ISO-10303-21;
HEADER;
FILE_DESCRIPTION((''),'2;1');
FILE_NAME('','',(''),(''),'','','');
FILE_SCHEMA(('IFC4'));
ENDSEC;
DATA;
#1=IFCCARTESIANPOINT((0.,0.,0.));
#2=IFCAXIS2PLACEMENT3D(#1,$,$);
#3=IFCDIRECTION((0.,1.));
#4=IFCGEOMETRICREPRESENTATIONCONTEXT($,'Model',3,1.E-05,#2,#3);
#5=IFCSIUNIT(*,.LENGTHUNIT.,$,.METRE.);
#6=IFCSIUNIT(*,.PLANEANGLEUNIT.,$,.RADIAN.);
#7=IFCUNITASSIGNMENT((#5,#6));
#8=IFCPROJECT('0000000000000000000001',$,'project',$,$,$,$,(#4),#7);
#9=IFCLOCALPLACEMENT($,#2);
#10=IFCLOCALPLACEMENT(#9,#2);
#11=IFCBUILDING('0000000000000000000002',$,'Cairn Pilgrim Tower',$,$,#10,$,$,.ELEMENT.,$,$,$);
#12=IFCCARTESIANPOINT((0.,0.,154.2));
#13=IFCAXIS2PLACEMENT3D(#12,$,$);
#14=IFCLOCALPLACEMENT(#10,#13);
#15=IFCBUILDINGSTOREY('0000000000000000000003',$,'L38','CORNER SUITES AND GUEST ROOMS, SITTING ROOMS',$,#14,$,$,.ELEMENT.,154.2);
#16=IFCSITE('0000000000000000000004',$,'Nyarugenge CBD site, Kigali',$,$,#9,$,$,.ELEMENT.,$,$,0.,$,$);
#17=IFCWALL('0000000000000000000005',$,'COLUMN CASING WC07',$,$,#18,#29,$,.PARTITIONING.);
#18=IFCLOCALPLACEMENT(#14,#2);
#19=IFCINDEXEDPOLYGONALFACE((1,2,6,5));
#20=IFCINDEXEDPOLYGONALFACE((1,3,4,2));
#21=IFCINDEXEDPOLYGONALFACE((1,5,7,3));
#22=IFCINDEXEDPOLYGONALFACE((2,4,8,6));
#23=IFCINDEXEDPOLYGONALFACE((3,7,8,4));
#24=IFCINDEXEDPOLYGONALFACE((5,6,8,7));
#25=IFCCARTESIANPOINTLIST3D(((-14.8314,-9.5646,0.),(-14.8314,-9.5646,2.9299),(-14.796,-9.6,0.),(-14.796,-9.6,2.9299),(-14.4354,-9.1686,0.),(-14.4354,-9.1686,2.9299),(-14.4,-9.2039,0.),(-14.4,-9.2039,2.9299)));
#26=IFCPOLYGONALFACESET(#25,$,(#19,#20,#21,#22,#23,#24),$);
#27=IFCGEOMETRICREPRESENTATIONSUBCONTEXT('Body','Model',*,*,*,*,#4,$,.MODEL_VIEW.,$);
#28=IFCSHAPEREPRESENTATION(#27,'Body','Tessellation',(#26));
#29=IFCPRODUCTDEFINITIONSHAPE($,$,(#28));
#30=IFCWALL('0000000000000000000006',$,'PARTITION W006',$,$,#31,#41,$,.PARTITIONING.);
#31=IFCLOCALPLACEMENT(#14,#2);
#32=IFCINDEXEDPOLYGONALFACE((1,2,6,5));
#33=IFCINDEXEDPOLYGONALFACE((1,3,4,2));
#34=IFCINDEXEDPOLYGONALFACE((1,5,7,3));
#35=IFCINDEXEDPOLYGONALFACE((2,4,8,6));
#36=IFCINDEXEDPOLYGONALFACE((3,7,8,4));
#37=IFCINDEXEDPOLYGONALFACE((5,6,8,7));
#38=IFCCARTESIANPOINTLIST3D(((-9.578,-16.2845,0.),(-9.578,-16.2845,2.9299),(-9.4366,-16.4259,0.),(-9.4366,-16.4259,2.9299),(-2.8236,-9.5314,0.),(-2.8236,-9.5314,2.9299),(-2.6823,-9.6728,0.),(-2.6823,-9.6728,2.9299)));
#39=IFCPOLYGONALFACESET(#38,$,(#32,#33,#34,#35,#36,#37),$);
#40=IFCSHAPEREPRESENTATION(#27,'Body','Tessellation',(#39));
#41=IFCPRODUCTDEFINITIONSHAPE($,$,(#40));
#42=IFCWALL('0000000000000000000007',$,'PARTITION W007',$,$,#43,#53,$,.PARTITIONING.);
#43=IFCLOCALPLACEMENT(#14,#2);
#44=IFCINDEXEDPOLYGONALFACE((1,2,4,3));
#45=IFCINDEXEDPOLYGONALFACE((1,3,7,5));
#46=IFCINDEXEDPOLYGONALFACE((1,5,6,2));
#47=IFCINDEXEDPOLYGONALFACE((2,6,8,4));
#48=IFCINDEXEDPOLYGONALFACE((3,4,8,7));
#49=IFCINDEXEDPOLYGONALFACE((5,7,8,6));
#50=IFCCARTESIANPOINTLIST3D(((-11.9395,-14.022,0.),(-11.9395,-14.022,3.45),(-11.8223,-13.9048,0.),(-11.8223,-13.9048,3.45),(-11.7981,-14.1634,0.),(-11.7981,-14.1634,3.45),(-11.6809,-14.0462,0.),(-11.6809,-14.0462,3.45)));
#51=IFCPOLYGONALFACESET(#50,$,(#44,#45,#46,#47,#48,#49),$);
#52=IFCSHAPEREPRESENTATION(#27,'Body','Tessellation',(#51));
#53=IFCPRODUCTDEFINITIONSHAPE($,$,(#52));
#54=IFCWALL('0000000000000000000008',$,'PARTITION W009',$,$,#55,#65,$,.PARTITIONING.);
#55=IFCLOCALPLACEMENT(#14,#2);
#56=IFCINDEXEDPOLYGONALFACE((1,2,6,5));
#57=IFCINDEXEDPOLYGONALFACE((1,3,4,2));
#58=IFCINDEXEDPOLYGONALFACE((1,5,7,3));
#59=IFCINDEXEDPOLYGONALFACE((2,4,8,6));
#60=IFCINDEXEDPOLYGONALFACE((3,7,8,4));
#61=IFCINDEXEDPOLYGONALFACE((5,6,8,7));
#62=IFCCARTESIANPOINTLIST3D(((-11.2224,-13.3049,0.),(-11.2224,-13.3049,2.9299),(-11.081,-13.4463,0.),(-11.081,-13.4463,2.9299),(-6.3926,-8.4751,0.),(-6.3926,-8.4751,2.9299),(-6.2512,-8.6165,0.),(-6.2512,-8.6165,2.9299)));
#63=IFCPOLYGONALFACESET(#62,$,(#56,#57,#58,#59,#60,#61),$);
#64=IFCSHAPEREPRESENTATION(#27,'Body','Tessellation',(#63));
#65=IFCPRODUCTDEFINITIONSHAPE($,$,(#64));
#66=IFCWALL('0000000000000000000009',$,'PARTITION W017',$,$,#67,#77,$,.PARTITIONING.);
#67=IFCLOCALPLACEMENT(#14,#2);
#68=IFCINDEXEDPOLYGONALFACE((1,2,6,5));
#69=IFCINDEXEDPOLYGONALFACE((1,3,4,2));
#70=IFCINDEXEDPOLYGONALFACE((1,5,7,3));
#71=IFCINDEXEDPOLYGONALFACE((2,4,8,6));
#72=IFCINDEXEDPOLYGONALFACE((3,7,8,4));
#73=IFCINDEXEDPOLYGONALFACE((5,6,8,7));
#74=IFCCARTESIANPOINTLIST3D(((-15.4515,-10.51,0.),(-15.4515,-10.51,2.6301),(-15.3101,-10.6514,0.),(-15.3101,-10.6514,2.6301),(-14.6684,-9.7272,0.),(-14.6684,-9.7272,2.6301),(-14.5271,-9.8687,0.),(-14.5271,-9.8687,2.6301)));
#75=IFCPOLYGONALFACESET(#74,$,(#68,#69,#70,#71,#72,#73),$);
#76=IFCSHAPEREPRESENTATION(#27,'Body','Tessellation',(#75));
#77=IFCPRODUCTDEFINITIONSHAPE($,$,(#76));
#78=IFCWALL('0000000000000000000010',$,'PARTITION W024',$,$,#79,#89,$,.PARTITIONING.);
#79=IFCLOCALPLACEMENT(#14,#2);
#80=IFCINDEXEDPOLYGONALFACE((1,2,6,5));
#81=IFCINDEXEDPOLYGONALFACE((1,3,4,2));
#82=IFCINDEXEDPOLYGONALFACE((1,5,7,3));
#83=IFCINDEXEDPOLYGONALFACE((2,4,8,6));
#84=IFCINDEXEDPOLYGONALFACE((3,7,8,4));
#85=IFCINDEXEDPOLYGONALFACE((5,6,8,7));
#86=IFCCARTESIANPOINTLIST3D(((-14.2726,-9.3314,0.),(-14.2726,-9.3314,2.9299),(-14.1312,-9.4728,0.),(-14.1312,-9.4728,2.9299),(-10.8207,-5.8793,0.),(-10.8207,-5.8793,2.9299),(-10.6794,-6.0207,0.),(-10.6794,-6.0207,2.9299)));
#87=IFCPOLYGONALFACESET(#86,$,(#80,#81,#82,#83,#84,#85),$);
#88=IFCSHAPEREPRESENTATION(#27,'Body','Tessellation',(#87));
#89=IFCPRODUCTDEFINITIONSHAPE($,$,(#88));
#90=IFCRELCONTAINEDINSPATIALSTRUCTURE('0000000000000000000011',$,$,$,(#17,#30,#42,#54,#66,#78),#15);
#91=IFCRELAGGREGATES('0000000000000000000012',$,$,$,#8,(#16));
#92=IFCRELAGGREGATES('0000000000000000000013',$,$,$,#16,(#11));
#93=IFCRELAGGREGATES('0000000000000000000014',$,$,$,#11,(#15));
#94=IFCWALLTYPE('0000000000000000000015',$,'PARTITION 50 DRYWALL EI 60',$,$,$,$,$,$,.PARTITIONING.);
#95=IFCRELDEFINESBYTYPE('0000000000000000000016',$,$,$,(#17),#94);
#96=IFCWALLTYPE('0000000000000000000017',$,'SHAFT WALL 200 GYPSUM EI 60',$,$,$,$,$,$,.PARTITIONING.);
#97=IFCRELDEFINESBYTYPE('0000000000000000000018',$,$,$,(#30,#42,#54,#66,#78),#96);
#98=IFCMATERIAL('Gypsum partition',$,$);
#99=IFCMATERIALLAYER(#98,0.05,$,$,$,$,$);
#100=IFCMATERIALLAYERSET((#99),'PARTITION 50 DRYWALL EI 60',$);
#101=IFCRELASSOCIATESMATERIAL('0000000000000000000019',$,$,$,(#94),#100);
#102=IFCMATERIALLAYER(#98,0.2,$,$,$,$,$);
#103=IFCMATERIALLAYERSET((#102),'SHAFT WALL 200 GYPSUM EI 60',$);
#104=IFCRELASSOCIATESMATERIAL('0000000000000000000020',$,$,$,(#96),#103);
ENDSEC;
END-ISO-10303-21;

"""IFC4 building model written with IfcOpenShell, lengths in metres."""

from ifc_helpers import new_model, si_unit, direction, frame, frame_2d, origin, place, context, subcontext, project, spatial, rectangle, extrude, material, layer, layer_set, type_object, element, save


model = new_model("IFC4")

# Units and contexts
model_context = context("Model", 3, precision=1e-05, world=origin(), true_north=direction((0.0, 1.0)))
body_context = subcontext(model_context, "Body", "Model", "MODEL_VIEW")
ifc_project = project(units=[si_unit("LENGTHUNIT", "METRE"), si_unit("PLANEANGLEUNIT", "RADIAN")], contexts=[model_context])

# Site, building, storey
site_placement = place(None, origin())
site = spatial("IfcSite", under=ifc_project, at=site_placement, Name="Nyarugenge CBD site, Kigali", CompositionType="ELEMENT", RefElevation=0.0)
building_placement = place(site_placement, origin())
building = spatial("IfcBuilding", under=site, at=building_placement, Name="Cairn Pilgrim Tower", CompositionType="ELEMENT")
storey_placement = place(building_placement, frame((0.0, 0.0, 154.2)))
storey = spatial("IfcBuildingStorey", under=building, at=storey_placement, Name="L38", Description="CORNER SUITES AND GUEST ROOMS, SITTING ROOMS", CompositionType="ELEMENT", Elevation=154.2)

# Walls
ifc_material_1 = material(Name="Gypsum partition")
ifc_layer_1 = layer(ifc_material_1, 0.05)
ifc_layer_set_1 = layer_set([ifc_layer_1], Name="PARTITION 50 DRYWALL EI 60")
wall_type_1 = type_object("IfcWallType", Name="PARTITION 50 DRYWALL EI 60", PredefinedType="PARTITIONING", material=ifc_layer_set_1)
wall_1_placement = place(storey_placement, frame((-14.8137, -9.5823, 0.0), z_axis=(0.0, 0.0, 1.0), x_axis=(0.707107, 0.707107, 0.0)))
element("IfcWall", 1, at=wall_1_placement, inside=storey, type_object=wall_type_1, Name="COLUMN CASING WC07", PredefinedType="PARTITIONING", context=body_context, shape_type="SweptSolid", body=[
    extrude(rectangle(XDim=0.5601, YDim=0.05, at=frame_2d((0.28, 0.0))), origin(), (0.0, 0.0, 1.0), 2.9299),
])
ifc_layer_2 = layer(ifc_material_1, 0.2)
ifc_layer_set_2 = layer_set([ifc_layer_2], Name="SHAFT WALL 200 GYPSUM EI 60")
wall_type_2 = type_object("IfcWallType", Name="SHAFT WALL 200 GYPSUM EI 60", PredefinedType="PARTITIONING", material=ifc_layer_set_2)
wall_2_placement = place(storey_placement, frame((-9.5073, -16.3552, 0.0), z_axis=(0.0, 0.0, 1.0), x_axis=(0.707171, 0.707043, 0.0)))
element("IfcWall", 2, at=wall_2_placement, inside=storey, type_object=wall_type_2, Name="PARTITION W006", PredefinedType="PARTITIONING", context=body_context, shape_type="SweptSolid", body=[
    extrude(rectangle(XDim=9.5513, YDim=0.2, at=frame_2d((4.7756, 0.0))), origin(), (0.0, 0.0, 1.0), 2.9299),
])
wall_3_placement = place(storey_placement, frame((-11.8689, -14.0928, 0.0), z_axis=(0.0, 0.0, 1.0), x_axis=(0.707107, 0.707107, 0.0)))
element("IfcWall", 3, at=wall_3_placement, inside=storey, type_object=wall_type_2, Name="PARTITION W007", PredefinedType="PARTITIONING", context=body_context, shape_type="SweptSolid", body=[
    extrude(rectangle(XDim=0.1658, YDim=0.2, at=frame_2d((0.083, 0.0))), origin(), (0.0, 0.0, 1.0), 3.45),
])
wall_4_placement = place(storey_placement, frame((-11.1516, -13.3755, 0.0), z_axis=(0.0, 0.0, 1.0), x_axis=(0.707107, 0.707107, 0.0)))
element("IfcWall", 4, at=wall_4_placement, inside=storey, type_object=wall_type_2, Name="PARTITION W009", PredefinedType="PARTITIONING", context=body_context, shape_type="SweptSolid", body=[
    extrude(rectangle(XDim=6.8303, YDim=0.2, at=frame_2d((3.415, 0.0))), origin(), (0.0, 0.0, 1.0), 2.9299),
])
wall_5_placement = place(storey_placement, frame((-15.3809, -10.5808, 0.0), z_axis=(0.0, 0.0, 1.0), x_axis=(0.707217, 0.706997, 0.0)))
element("IfcWall", 5, at=wall_5_placement, inside=storey, type_object=wall_type_2, Name="PARTITION W017", PredefinedType="PARTITIONING", context=body_context, shape_type="SweptSolid", body=[
    extrude(rectangle(XDim=1.1072, YDim=0.2, at=frame_2d((0.5537, 0.0))), origin(), (0.0, 0.0, 1.0), 2.6301),
])
wall_6_placement = place(storey_placement, frame((-14.2019, -9.4021, 0.0), z_axis=(0.0, 0.0, 1.0), x_axis=(0.707082, 0.707132, 0.0)))
element("IfcWall", 6, at=wall_6_placement, inside=storey, type_object=wall_type_2, Name="PARTITION W024", PredefinedType="PARTITIONING", context=body_context, shape_type="SweptSolid", body=[
    extrude(rectangle(XDim=4.8818, YDim=0.2, at=frame_2d((2.4409, 0.0))), origin(), (0.0, 0.0, 1.0), 2.9299),
])

save(model, "model.ifc")
